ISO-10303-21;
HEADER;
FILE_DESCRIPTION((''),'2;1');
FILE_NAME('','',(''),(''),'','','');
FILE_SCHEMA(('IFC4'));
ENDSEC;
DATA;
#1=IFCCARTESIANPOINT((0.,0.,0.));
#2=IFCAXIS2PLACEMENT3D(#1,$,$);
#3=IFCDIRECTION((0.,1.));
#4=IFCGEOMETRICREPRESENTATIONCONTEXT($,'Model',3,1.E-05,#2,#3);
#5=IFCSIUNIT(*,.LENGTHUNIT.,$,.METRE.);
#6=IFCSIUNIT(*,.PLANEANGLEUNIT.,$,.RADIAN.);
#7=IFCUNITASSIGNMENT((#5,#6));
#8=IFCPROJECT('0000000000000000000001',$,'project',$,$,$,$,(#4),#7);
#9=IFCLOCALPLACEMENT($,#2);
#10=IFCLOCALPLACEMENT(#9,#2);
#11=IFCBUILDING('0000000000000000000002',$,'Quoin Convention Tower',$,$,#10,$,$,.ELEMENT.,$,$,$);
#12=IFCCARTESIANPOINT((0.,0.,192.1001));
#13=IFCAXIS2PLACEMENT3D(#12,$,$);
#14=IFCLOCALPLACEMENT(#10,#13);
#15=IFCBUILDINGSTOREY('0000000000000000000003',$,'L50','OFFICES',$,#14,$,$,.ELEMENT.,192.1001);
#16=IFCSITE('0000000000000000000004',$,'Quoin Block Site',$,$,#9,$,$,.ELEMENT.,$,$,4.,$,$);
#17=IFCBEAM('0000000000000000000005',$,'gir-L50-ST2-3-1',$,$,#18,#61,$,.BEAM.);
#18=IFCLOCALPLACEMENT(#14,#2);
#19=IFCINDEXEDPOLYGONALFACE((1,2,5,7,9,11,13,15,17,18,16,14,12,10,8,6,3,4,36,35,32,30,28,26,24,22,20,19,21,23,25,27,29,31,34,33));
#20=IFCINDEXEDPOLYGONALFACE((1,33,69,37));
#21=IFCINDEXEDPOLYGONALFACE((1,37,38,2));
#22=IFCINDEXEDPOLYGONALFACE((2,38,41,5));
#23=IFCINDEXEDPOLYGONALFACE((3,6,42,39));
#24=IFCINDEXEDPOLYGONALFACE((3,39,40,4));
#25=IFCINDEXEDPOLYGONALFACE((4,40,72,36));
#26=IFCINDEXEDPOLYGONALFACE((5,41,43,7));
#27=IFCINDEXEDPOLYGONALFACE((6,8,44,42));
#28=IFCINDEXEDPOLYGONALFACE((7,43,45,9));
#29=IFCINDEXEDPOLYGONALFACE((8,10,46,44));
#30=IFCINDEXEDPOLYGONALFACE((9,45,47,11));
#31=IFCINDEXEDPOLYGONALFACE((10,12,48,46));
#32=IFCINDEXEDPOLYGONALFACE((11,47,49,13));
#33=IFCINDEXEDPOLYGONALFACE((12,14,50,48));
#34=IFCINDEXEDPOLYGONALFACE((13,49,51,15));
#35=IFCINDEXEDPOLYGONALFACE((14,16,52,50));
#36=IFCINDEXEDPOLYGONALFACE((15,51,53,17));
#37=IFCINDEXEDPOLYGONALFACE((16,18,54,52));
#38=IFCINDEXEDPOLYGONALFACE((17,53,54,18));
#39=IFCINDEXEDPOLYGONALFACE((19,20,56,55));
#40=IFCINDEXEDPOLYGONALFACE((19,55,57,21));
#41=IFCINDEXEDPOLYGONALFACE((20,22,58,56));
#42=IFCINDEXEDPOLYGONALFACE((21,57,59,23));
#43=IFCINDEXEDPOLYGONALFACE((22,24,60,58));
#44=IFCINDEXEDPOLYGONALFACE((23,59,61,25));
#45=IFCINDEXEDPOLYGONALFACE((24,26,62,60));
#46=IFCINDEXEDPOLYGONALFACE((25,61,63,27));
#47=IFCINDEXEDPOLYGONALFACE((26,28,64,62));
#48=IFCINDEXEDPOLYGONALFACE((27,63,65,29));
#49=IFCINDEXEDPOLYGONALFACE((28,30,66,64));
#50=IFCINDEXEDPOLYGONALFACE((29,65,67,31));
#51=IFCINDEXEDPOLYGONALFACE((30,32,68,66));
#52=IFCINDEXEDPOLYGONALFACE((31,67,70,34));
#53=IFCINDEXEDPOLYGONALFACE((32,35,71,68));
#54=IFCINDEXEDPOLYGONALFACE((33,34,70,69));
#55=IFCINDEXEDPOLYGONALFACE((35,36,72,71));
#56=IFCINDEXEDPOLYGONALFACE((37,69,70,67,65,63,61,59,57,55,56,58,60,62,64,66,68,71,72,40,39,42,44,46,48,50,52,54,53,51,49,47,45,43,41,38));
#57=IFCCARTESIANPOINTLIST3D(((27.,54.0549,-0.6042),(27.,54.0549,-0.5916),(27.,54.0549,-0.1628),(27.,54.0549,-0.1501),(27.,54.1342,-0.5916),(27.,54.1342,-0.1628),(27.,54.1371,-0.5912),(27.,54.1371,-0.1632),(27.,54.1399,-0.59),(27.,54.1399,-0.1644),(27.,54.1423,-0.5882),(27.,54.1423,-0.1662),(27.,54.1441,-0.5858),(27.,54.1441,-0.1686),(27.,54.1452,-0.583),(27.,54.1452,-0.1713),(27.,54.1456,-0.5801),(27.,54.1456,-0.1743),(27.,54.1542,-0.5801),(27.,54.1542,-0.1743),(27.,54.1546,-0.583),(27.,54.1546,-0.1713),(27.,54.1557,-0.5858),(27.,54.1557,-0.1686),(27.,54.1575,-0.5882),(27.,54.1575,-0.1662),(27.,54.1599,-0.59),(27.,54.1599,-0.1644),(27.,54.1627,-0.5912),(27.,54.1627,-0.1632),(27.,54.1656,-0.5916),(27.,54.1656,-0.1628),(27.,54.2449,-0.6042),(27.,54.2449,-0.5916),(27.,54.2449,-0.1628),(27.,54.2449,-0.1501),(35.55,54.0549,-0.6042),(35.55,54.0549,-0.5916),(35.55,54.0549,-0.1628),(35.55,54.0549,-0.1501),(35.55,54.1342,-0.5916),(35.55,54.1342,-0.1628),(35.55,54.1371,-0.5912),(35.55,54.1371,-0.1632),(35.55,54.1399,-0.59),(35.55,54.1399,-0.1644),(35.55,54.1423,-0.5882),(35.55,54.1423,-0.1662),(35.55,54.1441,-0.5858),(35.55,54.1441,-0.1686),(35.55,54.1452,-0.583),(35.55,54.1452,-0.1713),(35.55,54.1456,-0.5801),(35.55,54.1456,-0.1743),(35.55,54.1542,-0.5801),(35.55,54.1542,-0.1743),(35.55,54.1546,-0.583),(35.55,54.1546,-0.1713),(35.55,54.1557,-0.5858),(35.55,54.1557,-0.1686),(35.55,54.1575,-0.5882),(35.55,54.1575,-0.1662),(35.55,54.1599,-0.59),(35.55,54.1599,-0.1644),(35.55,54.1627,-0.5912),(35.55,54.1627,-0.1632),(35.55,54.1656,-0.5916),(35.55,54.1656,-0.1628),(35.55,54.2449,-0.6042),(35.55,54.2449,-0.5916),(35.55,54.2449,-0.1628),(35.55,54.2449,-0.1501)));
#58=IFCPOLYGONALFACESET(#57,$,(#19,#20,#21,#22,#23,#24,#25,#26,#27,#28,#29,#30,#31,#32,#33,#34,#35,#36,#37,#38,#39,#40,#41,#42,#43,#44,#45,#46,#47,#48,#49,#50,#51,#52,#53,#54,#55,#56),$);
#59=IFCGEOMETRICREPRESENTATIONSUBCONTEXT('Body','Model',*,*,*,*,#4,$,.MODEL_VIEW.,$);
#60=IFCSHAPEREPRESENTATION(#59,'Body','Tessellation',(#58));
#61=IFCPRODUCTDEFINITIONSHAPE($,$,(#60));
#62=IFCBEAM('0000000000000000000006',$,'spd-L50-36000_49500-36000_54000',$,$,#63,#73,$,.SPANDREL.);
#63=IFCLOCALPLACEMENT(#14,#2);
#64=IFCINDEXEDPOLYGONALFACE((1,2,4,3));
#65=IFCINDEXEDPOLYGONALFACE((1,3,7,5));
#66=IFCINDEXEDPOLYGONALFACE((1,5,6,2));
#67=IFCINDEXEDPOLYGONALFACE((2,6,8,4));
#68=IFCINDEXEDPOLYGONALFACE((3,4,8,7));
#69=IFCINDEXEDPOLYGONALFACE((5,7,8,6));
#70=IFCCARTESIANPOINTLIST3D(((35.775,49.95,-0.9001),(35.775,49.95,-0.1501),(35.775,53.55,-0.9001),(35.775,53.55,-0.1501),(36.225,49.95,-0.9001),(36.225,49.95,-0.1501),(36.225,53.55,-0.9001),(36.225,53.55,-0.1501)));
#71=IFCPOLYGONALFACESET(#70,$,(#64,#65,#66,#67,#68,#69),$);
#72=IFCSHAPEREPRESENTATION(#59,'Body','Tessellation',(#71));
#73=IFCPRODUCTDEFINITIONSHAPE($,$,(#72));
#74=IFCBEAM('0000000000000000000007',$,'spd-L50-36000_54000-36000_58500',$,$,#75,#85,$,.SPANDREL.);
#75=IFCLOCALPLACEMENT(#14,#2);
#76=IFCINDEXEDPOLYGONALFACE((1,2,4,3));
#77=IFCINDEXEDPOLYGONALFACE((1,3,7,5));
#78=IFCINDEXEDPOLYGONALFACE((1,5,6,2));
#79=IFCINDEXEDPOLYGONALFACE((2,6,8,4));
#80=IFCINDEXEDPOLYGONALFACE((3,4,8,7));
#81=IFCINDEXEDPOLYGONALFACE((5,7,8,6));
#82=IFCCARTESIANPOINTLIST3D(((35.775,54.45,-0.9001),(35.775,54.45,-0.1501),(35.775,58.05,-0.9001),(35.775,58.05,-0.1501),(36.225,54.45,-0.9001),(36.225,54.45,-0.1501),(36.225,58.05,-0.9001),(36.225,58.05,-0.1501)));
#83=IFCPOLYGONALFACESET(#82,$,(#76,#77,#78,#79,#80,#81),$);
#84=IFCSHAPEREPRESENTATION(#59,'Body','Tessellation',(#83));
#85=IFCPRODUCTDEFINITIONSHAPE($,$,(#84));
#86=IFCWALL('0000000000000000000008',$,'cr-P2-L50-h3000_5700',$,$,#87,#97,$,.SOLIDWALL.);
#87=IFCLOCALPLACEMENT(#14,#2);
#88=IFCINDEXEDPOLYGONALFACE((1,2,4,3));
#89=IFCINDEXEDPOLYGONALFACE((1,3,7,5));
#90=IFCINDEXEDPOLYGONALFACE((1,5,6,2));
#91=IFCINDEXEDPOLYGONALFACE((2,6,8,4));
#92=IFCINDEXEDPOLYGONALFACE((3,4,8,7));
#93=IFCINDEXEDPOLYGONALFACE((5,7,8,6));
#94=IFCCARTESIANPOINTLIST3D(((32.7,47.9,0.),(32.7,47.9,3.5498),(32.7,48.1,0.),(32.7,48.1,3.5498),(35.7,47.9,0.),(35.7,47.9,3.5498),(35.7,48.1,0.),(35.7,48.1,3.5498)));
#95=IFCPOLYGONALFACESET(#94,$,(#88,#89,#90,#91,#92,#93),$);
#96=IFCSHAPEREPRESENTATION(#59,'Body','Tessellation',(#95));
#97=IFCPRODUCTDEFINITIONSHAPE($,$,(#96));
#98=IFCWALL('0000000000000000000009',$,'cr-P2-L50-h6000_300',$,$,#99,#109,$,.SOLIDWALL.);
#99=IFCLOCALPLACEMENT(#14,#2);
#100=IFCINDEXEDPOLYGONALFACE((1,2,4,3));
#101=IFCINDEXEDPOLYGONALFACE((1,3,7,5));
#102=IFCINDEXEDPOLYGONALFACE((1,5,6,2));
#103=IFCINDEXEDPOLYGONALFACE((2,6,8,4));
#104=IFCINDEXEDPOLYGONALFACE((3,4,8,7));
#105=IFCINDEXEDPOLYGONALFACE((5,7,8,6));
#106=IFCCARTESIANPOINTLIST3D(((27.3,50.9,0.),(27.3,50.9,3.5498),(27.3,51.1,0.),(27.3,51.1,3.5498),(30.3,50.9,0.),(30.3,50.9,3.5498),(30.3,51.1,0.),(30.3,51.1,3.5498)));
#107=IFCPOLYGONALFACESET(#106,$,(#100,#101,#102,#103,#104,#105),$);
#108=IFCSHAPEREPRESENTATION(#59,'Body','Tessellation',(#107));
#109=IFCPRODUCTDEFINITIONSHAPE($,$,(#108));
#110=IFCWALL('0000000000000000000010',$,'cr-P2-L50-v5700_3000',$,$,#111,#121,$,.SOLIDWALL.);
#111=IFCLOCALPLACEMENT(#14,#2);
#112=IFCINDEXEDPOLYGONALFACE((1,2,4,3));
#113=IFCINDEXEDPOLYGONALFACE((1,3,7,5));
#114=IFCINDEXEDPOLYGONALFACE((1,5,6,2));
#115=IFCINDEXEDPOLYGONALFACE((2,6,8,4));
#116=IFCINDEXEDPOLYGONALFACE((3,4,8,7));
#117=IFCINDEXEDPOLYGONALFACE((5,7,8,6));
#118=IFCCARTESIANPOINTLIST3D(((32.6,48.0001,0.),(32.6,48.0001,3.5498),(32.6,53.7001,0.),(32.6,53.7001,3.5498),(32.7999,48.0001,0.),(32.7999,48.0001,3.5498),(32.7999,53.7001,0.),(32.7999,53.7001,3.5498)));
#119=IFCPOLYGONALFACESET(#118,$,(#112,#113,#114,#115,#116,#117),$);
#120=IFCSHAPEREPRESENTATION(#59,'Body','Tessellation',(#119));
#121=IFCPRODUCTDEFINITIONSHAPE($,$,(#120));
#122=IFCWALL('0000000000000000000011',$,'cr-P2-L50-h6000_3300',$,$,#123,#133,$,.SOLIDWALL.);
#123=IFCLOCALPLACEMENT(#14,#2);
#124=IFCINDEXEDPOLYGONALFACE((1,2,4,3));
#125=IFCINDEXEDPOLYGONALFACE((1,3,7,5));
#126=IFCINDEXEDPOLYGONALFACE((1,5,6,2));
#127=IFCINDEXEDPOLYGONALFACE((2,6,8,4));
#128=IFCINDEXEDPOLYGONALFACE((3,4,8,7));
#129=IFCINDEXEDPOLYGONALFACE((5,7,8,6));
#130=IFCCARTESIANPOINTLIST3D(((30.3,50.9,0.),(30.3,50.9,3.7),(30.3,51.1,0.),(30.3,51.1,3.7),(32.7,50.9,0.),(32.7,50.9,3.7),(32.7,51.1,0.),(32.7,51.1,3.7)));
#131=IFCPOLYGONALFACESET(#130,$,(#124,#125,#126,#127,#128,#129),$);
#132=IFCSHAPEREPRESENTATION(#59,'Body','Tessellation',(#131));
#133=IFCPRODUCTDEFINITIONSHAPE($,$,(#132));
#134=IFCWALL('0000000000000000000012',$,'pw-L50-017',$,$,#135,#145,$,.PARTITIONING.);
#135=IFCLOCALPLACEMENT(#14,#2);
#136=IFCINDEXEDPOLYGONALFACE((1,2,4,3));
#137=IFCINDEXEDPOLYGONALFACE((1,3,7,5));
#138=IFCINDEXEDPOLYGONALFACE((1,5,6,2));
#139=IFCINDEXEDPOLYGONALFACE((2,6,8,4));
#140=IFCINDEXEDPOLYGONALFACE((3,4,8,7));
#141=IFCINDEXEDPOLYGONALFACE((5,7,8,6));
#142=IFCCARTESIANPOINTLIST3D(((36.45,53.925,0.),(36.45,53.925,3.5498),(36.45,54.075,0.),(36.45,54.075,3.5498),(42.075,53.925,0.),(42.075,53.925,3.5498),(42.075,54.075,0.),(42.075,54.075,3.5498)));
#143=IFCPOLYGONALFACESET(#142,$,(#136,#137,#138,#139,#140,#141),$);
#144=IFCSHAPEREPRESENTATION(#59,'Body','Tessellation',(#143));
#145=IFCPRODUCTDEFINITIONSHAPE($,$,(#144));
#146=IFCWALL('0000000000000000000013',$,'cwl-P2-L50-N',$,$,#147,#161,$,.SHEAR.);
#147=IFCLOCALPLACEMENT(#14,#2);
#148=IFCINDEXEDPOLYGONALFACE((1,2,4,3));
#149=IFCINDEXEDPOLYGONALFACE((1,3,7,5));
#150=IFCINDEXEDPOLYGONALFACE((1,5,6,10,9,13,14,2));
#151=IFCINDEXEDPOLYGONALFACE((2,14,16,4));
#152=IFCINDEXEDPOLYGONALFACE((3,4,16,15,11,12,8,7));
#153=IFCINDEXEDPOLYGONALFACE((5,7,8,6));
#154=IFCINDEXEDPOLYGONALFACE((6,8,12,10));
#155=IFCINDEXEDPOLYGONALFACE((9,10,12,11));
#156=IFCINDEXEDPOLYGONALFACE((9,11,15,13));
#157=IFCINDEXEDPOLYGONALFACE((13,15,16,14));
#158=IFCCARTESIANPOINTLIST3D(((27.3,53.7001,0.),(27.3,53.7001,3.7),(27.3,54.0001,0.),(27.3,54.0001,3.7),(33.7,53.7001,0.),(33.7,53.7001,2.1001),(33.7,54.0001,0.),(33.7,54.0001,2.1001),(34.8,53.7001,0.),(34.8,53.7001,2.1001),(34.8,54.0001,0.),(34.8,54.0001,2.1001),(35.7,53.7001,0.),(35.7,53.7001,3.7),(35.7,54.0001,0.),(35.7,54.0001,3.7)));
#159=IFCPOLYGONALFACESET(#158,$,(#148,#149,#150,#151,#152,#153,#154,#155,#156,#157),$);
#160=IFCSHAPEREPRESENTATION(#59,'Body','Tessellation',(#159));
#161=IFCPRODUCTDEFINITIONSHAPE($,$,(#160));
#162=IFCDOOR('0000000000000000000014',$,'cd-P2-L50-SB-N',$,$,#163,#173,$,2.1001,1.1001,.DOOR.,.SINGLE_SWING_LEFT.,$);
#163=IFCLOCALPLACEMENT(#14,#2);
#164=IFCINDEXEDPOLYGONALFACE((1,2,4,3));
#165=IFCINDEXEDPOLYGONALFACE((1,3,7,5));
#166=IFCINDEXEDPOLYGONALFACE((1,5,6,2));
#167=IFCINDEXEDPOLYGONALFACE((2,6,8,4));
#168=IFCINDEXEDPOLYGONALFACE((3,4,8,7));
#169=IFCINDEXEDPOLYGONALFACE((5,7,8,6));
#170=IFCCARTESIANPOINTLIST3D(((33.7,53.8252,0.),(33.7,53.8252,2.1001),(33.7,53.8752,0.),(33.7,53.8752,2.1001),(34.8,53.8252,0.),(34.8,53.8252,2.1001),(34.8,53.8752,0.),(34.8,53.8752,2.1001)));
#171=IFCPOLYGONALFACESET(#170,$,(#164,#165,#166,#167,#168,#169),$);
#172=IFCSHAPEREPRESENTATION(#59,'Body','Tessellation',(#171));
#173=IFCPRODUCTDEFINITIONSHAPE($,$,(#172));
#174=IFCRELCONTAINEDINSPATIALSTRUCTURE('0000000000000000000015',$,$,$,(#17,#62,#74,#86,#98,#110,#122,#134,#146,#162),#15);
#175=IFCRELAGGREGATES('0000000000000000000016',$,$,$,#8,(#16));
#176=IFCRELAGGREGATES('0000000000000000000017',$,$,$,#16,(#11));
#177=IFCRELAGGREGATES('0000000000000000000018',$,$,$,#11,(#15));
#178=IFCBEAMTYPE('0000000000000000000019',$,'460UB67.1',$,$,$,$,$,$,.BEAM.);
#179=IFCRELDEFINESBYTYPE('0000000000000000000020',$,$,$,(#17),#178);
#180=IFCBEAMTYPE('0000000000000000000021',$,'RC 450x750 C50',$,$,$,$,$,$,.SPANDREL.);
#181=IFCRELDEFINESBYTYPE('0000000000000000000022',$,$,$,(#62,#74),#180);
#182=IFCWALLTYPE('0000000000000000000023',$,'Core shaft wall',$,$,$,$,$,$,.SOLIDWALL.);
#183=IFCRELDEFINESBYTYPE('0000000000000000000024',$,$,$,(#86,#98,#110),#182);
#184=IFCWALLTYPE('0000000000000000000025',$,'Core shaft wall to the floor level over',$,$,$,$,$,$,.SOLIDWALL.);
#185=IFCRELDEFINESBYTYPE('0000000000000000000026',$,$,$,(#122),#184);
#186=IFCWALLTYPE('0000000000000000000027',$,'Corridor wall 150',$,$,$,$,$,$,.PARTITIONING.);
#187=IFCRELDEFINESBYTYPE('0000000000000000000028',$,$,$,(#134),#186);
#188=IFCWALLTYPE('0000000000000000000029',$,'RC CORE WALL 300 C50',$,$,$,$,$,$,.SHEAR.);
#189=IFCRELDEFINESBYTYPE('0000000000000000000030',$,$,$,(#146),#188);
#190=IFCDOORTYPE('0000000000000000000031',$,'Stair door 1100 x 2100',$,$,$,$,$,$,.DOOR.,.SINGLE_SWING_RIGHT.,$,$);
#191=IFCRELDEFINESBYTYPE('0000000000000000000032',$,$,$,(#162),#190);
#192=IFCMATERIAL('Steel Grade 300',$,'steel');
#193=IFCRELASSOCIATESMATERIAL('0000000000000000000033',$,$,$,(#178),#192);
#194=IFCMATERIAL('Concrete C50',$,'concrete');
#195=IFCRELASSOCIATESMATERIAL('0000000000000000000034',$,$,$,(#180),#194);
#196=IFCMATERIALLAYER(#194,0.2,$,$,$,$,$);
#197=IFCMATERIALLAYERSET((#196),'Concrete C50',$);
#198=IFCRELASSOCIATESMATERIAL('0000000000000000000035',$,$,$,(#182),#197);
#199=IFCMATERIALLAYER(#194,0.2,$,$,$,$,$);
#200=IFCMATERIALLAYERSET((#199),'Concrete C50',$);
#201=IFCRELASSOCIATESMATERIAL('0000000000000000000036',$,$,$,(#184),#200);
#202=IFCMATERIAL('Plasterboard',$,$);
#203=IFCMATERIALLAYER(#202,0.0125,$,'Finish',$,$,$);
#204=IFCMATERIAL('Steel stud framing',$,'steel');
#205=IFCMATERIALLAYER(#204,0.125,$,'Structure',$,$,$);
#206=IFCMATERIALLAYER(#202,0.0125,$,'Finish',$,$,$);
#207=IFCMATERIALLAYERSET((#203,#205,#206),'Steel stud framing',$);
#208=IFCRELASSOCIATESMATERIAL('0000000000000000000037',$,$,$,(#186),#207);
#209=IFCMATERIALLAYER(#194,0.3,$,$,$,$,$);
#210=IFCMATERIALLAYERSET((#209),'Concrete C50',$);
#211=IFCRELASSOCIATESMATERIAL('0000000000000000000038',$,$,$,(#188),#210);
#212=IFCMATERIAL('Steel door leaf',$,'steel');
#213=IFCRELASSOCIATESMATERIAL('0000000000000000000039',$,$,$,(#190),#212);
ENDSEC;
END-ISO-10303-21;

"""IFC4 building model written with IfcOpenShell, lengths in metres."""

from ifc_helpers import new_model, si_unit, direction, frame, frame_2d, origin, origin_2d, place, context, subcontext, project, spatial, rectangle, i_section, extrude, material, layer, layer_set, material_profile, profile_set, type_object, element, fill, save


model = new_model("IFC4")

# Units and contexts
model_context = context("Model", 3, precision=1e-05, world=origin(), true_north=direction((0.0, 1.0)))
body_context = subcontext(model_context, "Body", "Model", "MODEL_VIEW")
ifc_project = project(units=[si_unit("LENGTHUNIT", "METRE"), si_unit("PLANEANGLEUNIT", "RADIAN")], contexts=[model_context])

# Site, building, storey
site_placement = place(None, origin())
site = spatial("IfcSite", under=ifc_project, at=site_placement, Name="Quoin Block Site", CompositionType="ELEMENT", RefElevation=4.0)
building_placement = place(site_placement, origin())
building = spatial("IfcBuilding", under=site, at=building_placement, Name="Quoin Convention Tower", CompositionType="ELEMENT")
storey_placement = place(building_placement, frame((0.0, 0.0, 192.1001)))
storey = spatial("IfcBuildingStorey", under=building, at=storey_placement, Name="L50", Description="OFFICES", CompositionType="ELEMENT", Elevation=192.1001)

# Shared definitions
ifc_material_1 = material(Name="Concrete C50", Category="concrete")

# Beams
ifc_material_2 = material(Name="Steel Grade 300", Category="steel")
ifc_material_profile_1 = material_profile(ifc_material_2, i_section(OverallWidth=0.1899, OverallDepth=0.4541, WebThickness=0.0085, FlangeThickness=0.0127, FilletRadius=0.0115, at=origin_2d()), Name="460UB67.1")
ifc_profile_set_1 = profile_set([ifc_material_profile_1], Name="Steel Grade 300")
beam_type_1 = type_object("IfcBeamType", Name="460UB67.1", PredefinedType="BEAM", material=ifc_profile_set_1)
beam_1_placement = place(storey_placement, frame((27.0, 54.1499, -0.3772), z_axis=(1.0, 0.0, 0.0), x_axis=(0.0, 1.0, 0.0)))
element("IfcBeam", 1, at=beam_1_placement, inside=storey, type_object=beam_type_1, Name="gir-L50-ST2-3-1", PredefinedType="BEAM", context=body_context, shape_type="SweptSolid", body=[
    extrude(i_section(OverallWidth=0.1899, OverallDepth=0.4541, WebThickness=0.0085, FlangeThickness=0.0127, FilletRadius=0.0115, at=origin_2d()), origin(), (0.0, 0.0, 1.0), 8.55),
])
ifc_material_profile_2 = material_profile(ifc_material_1, rectangle(XDim=0.45, YDim=0.75, at=origin_2d()), Name="RC 450x750")
ifc_profile_set_2 = profile_set([ifc_material_profile_2], Name="Concrete C50")
beam_type_2 = type_object("IfcBeamType", Name="RC 450x750 C50", PredefinedType="SPANDREL", material=ifc_profile_set_2)
for number, where, z_axis, x_axis, name in (
    (2, (36.0, 49.95, -0.5251), (0.0, 1.0, 0.0), (-1.0, 0.0, 0.0), "spd-L50-36000_49500-36000_54000"),
    (3, (36.0, 54.45, -0.5251), (0.0, 1.0, 0.0), (-1.0, 0.0, 0.0), "spd-L50-36000_54000-36000_58500"),
):
    element("IfcBeam", number, at=place(storey_placement, frame(where, z_axis=z_axis, x_axis=x_axis)), inside=storey, type_object=beam_type_2, Name=name, PredefinedType="SPANDREL", context=body_context, shape_type="SweptSolid", body=[
        extrude(rectangle(XDim=0.45, YDim=0.75, at=origin_2d()), origin(), (0.0, 0.0, 1.0), 3.6001),
    ])

# Walls
ifc_layer_1 = layer(ifc_material_1, 0.2)
ifc_layer_set_1 = layer_set([ifc_layer_1], Name="Concrete C50")
wall_type_1 = type_object("IfcWallType", Name="Core shaft wall", PredefinedType="SOLIDWALL", material=ifc_layer_set_1)
for number, where, z_axis, x_axis, name in (
    (4, (32.7, 48.0, 0.0), (0.0, 0.0, 1.0), (1.0, 0.0, 0.0), "cr-P2-L50-h3000_5700"),
    (5, (27.3, 51.0, 0.0), (0.0, 0.0, 1.0), (1.0, 0.0, 0.0), "cr-P2-L50-h6000_300"),
):
    element("IfcWall", number, at=place(storey_placement, frame(where, z_axis=z_axis, x_axis=x_axis)), inside=storey, type_object=wall_type_1, Name=name, PredefinedType="SOLIDWALL", context=body_context, shape_type="SweptSolid", body=[
        extrude(rectangle(XDim=3.0, YDim=0.2, at=frame_2d((1.5, 0.0))), origin(), (0.0, 0.0, 1.0), 3.5498),
    ])
wall_1_placement = place(storey_placement, frame((32.7, 48.0, 0.0), z_axis=(0.0, 0.0, 1.0), x_axis=(0.0, 1.0, 0.0)))
element("IfcWall", 6, at=wall_1_placement, inside=storey, type_object=wall_type_1, Name="cr-P2-L50-v5700_3000", PredefinedType="SOLIDWALL", context=body_context, shape_type="SweptSolid", body=[
    extrude(rectangle(XDim=5.7, YDim=0.2, at=frame_2d((2.8501, 0.0))), origin(), (0.0, 0.0, 1.0), 3.5498),
])
ifc_layer_2 = layer(ifc_material_1, 0.2)
ifc_layer_set_2 = layer_set([ifc_layer_2], Name="Concrete C50")
wall_type_2 = type_object("IfcWallType", Name="Core shaft wall to the floor level over", PredefinedType="SOLIDWALL", material=ifc_layer_set_2)
wall_2_placement = place(storey_placement, frame((30.3, 51.0, 0.0), z_axis=(0.0, 0.0, 1.0), x_axis=(1.0, 0.0, 0.0)))
element("IfcWall", 7, at=wall_2_placement, inside=storey, type_object=wall_type_2, Name="cr-P2-L50-h6000_3300", PredefinedType="SOLIDWALL", context=body_context, shape_type="SweptSolid", body=[
    extrude(rectangle(XDim=2.3999, YDim=0.2, at=frame_2d((1.2, 0.0))), origin(), (0.0, 0.0, 1.0), 3.7),
])
ifc_material_3 = material(Name="Plasterboard")
ifc_layer_3 = layer(ifc_material_3, 0.0125, Name="Finish")
ifc_material_4 = material(Name="Steel stud framing", Category="steel")
ifc_layer_4 = layer(ifc_material_4, 0.125, Name="Structure")
ifc_layer_5 = layer(ifc_material_3, 0.0125, Name="Finish")
ifc_layer_set_3 = layer_set([ifc_layer_3, ifc_layer_4, ifc_layer_5], Name="Steel stud framing")
wall_type_3 = type_object("IfcWallType", Name="Corridor wall 150", PredefinedType="PARTITIONING", material=ifc_layer_set_3)
wall_3_placement = place(storey_placement, frame((36.45, 54.0, 0.0), z_axis=(0.0, 0.0, 1.0), x_axis=(1.0, 0.0, 0.0)))
element("IfcWall", 8, at=wall_3_placement, inside=storey, type_object=wall_type_3, Name="pw-L50-017", PredefinedType="PARTITIONING", context=body_context, shape_type="SweptSolid", body=[
    extrude(rectangle(XDim=5.625, YDim=0.1499, at=frame_2d((2.8125, 0.0))), origin(), (0.0, 0.0, 1.0), 3.5498),
])

# Wall, opening, door
ifc_layer_6 = layer(ifc_material_1, 0.3)
ifc_layer_set_4 = layer_set([ifc_layer_6], Name="Concrete C50")
wall_type_4 = type_object("IfcWallType", Name="RC CORE WALL 300 C50", PredefinedType="SHEAR", material=ifc_layer_set_4)
wall_4_placement = place(storey_placement, frame((27.3, 53.8501, 0.0), z_axis=(0.0, 0.0, 1.0), x_axis=(1.0, 0.0, 0.0)))
wall_4 = element("IfcWall", 9, at=wall_4_placement, inside=storey, type_object=wall_type_4, Name="cwl-P2-L50-N", PredefinedType="SHEAR", context=body_context, shape_type="SweptSolid", body=[
    extrude(rectangle(XDim=8.3999, YDim=0.3, at=frame_2d((4.2, 0.0))), origin(), (0.0, 0.0, 1.0), 3.7),
])
opening_1_placement = place(wall_4_placement, frame((6.3999, 0.0, 0.0)))
opening_1 = element("IfcOpeningElement", 10, at=opening_1_placement, cuts=wall_4, PredefinedType="OPENING", context=body_context, shape_type="SweptSolid", body=[
    extrude(rectangle(XDim=1.1001, YDim=2.1001, at=frame_2d((0.55, 1.05))), frame((0.0, 0.1599, 0.0), z_axis=(0.0, -1.0, 0.0), x_axis=(1.0, 0.0, 0.0)), (0.0, 0.0, 1.0), 0.3201),
])
ifc_material_5 = material(Name="Steel door leaf", Category="steel")
door_type_1 = type_object("IfcDoorType", Name="Stair door 1100 x 2100", OperationType="SINGLE_SWING_RIGHT", PredefinedType="DOOR", material=ifc_material_5)
door_1_placement = place(opening_1_placement, frame((1.1001, 0.0, 0.0), z_axis=(0.0, 0.0, 1.0), x_axis=(-1.0, 0.0, 0.0)))
door_1 = element("IfcDoor", 11, at=door_1_placement, inside=storey, type_object=door_type_1, Name="cd-P2-L50-SB-N", OperationType="SINGLE_SWING_LEFT", OverallHeight=2.1001, OverallWidth=1.1001, PredefinedType="DOOR", context=body_context, shape_type="SweptSolid", body=[
    extrude(rectangle(XDim=1.1001, YDim=2.1001, at=frame_2d((0.55, 1.05))), frame((0.0, 0.0249, 0.0), z_axis=(0.0, -1.0, 0.0), x_axis=(1.0, 0.0, 0.0)), (0.0, 0.0, 1.0), 0.05),
])
fill(opening_1, door_1)

save(model, "model.ifc")
